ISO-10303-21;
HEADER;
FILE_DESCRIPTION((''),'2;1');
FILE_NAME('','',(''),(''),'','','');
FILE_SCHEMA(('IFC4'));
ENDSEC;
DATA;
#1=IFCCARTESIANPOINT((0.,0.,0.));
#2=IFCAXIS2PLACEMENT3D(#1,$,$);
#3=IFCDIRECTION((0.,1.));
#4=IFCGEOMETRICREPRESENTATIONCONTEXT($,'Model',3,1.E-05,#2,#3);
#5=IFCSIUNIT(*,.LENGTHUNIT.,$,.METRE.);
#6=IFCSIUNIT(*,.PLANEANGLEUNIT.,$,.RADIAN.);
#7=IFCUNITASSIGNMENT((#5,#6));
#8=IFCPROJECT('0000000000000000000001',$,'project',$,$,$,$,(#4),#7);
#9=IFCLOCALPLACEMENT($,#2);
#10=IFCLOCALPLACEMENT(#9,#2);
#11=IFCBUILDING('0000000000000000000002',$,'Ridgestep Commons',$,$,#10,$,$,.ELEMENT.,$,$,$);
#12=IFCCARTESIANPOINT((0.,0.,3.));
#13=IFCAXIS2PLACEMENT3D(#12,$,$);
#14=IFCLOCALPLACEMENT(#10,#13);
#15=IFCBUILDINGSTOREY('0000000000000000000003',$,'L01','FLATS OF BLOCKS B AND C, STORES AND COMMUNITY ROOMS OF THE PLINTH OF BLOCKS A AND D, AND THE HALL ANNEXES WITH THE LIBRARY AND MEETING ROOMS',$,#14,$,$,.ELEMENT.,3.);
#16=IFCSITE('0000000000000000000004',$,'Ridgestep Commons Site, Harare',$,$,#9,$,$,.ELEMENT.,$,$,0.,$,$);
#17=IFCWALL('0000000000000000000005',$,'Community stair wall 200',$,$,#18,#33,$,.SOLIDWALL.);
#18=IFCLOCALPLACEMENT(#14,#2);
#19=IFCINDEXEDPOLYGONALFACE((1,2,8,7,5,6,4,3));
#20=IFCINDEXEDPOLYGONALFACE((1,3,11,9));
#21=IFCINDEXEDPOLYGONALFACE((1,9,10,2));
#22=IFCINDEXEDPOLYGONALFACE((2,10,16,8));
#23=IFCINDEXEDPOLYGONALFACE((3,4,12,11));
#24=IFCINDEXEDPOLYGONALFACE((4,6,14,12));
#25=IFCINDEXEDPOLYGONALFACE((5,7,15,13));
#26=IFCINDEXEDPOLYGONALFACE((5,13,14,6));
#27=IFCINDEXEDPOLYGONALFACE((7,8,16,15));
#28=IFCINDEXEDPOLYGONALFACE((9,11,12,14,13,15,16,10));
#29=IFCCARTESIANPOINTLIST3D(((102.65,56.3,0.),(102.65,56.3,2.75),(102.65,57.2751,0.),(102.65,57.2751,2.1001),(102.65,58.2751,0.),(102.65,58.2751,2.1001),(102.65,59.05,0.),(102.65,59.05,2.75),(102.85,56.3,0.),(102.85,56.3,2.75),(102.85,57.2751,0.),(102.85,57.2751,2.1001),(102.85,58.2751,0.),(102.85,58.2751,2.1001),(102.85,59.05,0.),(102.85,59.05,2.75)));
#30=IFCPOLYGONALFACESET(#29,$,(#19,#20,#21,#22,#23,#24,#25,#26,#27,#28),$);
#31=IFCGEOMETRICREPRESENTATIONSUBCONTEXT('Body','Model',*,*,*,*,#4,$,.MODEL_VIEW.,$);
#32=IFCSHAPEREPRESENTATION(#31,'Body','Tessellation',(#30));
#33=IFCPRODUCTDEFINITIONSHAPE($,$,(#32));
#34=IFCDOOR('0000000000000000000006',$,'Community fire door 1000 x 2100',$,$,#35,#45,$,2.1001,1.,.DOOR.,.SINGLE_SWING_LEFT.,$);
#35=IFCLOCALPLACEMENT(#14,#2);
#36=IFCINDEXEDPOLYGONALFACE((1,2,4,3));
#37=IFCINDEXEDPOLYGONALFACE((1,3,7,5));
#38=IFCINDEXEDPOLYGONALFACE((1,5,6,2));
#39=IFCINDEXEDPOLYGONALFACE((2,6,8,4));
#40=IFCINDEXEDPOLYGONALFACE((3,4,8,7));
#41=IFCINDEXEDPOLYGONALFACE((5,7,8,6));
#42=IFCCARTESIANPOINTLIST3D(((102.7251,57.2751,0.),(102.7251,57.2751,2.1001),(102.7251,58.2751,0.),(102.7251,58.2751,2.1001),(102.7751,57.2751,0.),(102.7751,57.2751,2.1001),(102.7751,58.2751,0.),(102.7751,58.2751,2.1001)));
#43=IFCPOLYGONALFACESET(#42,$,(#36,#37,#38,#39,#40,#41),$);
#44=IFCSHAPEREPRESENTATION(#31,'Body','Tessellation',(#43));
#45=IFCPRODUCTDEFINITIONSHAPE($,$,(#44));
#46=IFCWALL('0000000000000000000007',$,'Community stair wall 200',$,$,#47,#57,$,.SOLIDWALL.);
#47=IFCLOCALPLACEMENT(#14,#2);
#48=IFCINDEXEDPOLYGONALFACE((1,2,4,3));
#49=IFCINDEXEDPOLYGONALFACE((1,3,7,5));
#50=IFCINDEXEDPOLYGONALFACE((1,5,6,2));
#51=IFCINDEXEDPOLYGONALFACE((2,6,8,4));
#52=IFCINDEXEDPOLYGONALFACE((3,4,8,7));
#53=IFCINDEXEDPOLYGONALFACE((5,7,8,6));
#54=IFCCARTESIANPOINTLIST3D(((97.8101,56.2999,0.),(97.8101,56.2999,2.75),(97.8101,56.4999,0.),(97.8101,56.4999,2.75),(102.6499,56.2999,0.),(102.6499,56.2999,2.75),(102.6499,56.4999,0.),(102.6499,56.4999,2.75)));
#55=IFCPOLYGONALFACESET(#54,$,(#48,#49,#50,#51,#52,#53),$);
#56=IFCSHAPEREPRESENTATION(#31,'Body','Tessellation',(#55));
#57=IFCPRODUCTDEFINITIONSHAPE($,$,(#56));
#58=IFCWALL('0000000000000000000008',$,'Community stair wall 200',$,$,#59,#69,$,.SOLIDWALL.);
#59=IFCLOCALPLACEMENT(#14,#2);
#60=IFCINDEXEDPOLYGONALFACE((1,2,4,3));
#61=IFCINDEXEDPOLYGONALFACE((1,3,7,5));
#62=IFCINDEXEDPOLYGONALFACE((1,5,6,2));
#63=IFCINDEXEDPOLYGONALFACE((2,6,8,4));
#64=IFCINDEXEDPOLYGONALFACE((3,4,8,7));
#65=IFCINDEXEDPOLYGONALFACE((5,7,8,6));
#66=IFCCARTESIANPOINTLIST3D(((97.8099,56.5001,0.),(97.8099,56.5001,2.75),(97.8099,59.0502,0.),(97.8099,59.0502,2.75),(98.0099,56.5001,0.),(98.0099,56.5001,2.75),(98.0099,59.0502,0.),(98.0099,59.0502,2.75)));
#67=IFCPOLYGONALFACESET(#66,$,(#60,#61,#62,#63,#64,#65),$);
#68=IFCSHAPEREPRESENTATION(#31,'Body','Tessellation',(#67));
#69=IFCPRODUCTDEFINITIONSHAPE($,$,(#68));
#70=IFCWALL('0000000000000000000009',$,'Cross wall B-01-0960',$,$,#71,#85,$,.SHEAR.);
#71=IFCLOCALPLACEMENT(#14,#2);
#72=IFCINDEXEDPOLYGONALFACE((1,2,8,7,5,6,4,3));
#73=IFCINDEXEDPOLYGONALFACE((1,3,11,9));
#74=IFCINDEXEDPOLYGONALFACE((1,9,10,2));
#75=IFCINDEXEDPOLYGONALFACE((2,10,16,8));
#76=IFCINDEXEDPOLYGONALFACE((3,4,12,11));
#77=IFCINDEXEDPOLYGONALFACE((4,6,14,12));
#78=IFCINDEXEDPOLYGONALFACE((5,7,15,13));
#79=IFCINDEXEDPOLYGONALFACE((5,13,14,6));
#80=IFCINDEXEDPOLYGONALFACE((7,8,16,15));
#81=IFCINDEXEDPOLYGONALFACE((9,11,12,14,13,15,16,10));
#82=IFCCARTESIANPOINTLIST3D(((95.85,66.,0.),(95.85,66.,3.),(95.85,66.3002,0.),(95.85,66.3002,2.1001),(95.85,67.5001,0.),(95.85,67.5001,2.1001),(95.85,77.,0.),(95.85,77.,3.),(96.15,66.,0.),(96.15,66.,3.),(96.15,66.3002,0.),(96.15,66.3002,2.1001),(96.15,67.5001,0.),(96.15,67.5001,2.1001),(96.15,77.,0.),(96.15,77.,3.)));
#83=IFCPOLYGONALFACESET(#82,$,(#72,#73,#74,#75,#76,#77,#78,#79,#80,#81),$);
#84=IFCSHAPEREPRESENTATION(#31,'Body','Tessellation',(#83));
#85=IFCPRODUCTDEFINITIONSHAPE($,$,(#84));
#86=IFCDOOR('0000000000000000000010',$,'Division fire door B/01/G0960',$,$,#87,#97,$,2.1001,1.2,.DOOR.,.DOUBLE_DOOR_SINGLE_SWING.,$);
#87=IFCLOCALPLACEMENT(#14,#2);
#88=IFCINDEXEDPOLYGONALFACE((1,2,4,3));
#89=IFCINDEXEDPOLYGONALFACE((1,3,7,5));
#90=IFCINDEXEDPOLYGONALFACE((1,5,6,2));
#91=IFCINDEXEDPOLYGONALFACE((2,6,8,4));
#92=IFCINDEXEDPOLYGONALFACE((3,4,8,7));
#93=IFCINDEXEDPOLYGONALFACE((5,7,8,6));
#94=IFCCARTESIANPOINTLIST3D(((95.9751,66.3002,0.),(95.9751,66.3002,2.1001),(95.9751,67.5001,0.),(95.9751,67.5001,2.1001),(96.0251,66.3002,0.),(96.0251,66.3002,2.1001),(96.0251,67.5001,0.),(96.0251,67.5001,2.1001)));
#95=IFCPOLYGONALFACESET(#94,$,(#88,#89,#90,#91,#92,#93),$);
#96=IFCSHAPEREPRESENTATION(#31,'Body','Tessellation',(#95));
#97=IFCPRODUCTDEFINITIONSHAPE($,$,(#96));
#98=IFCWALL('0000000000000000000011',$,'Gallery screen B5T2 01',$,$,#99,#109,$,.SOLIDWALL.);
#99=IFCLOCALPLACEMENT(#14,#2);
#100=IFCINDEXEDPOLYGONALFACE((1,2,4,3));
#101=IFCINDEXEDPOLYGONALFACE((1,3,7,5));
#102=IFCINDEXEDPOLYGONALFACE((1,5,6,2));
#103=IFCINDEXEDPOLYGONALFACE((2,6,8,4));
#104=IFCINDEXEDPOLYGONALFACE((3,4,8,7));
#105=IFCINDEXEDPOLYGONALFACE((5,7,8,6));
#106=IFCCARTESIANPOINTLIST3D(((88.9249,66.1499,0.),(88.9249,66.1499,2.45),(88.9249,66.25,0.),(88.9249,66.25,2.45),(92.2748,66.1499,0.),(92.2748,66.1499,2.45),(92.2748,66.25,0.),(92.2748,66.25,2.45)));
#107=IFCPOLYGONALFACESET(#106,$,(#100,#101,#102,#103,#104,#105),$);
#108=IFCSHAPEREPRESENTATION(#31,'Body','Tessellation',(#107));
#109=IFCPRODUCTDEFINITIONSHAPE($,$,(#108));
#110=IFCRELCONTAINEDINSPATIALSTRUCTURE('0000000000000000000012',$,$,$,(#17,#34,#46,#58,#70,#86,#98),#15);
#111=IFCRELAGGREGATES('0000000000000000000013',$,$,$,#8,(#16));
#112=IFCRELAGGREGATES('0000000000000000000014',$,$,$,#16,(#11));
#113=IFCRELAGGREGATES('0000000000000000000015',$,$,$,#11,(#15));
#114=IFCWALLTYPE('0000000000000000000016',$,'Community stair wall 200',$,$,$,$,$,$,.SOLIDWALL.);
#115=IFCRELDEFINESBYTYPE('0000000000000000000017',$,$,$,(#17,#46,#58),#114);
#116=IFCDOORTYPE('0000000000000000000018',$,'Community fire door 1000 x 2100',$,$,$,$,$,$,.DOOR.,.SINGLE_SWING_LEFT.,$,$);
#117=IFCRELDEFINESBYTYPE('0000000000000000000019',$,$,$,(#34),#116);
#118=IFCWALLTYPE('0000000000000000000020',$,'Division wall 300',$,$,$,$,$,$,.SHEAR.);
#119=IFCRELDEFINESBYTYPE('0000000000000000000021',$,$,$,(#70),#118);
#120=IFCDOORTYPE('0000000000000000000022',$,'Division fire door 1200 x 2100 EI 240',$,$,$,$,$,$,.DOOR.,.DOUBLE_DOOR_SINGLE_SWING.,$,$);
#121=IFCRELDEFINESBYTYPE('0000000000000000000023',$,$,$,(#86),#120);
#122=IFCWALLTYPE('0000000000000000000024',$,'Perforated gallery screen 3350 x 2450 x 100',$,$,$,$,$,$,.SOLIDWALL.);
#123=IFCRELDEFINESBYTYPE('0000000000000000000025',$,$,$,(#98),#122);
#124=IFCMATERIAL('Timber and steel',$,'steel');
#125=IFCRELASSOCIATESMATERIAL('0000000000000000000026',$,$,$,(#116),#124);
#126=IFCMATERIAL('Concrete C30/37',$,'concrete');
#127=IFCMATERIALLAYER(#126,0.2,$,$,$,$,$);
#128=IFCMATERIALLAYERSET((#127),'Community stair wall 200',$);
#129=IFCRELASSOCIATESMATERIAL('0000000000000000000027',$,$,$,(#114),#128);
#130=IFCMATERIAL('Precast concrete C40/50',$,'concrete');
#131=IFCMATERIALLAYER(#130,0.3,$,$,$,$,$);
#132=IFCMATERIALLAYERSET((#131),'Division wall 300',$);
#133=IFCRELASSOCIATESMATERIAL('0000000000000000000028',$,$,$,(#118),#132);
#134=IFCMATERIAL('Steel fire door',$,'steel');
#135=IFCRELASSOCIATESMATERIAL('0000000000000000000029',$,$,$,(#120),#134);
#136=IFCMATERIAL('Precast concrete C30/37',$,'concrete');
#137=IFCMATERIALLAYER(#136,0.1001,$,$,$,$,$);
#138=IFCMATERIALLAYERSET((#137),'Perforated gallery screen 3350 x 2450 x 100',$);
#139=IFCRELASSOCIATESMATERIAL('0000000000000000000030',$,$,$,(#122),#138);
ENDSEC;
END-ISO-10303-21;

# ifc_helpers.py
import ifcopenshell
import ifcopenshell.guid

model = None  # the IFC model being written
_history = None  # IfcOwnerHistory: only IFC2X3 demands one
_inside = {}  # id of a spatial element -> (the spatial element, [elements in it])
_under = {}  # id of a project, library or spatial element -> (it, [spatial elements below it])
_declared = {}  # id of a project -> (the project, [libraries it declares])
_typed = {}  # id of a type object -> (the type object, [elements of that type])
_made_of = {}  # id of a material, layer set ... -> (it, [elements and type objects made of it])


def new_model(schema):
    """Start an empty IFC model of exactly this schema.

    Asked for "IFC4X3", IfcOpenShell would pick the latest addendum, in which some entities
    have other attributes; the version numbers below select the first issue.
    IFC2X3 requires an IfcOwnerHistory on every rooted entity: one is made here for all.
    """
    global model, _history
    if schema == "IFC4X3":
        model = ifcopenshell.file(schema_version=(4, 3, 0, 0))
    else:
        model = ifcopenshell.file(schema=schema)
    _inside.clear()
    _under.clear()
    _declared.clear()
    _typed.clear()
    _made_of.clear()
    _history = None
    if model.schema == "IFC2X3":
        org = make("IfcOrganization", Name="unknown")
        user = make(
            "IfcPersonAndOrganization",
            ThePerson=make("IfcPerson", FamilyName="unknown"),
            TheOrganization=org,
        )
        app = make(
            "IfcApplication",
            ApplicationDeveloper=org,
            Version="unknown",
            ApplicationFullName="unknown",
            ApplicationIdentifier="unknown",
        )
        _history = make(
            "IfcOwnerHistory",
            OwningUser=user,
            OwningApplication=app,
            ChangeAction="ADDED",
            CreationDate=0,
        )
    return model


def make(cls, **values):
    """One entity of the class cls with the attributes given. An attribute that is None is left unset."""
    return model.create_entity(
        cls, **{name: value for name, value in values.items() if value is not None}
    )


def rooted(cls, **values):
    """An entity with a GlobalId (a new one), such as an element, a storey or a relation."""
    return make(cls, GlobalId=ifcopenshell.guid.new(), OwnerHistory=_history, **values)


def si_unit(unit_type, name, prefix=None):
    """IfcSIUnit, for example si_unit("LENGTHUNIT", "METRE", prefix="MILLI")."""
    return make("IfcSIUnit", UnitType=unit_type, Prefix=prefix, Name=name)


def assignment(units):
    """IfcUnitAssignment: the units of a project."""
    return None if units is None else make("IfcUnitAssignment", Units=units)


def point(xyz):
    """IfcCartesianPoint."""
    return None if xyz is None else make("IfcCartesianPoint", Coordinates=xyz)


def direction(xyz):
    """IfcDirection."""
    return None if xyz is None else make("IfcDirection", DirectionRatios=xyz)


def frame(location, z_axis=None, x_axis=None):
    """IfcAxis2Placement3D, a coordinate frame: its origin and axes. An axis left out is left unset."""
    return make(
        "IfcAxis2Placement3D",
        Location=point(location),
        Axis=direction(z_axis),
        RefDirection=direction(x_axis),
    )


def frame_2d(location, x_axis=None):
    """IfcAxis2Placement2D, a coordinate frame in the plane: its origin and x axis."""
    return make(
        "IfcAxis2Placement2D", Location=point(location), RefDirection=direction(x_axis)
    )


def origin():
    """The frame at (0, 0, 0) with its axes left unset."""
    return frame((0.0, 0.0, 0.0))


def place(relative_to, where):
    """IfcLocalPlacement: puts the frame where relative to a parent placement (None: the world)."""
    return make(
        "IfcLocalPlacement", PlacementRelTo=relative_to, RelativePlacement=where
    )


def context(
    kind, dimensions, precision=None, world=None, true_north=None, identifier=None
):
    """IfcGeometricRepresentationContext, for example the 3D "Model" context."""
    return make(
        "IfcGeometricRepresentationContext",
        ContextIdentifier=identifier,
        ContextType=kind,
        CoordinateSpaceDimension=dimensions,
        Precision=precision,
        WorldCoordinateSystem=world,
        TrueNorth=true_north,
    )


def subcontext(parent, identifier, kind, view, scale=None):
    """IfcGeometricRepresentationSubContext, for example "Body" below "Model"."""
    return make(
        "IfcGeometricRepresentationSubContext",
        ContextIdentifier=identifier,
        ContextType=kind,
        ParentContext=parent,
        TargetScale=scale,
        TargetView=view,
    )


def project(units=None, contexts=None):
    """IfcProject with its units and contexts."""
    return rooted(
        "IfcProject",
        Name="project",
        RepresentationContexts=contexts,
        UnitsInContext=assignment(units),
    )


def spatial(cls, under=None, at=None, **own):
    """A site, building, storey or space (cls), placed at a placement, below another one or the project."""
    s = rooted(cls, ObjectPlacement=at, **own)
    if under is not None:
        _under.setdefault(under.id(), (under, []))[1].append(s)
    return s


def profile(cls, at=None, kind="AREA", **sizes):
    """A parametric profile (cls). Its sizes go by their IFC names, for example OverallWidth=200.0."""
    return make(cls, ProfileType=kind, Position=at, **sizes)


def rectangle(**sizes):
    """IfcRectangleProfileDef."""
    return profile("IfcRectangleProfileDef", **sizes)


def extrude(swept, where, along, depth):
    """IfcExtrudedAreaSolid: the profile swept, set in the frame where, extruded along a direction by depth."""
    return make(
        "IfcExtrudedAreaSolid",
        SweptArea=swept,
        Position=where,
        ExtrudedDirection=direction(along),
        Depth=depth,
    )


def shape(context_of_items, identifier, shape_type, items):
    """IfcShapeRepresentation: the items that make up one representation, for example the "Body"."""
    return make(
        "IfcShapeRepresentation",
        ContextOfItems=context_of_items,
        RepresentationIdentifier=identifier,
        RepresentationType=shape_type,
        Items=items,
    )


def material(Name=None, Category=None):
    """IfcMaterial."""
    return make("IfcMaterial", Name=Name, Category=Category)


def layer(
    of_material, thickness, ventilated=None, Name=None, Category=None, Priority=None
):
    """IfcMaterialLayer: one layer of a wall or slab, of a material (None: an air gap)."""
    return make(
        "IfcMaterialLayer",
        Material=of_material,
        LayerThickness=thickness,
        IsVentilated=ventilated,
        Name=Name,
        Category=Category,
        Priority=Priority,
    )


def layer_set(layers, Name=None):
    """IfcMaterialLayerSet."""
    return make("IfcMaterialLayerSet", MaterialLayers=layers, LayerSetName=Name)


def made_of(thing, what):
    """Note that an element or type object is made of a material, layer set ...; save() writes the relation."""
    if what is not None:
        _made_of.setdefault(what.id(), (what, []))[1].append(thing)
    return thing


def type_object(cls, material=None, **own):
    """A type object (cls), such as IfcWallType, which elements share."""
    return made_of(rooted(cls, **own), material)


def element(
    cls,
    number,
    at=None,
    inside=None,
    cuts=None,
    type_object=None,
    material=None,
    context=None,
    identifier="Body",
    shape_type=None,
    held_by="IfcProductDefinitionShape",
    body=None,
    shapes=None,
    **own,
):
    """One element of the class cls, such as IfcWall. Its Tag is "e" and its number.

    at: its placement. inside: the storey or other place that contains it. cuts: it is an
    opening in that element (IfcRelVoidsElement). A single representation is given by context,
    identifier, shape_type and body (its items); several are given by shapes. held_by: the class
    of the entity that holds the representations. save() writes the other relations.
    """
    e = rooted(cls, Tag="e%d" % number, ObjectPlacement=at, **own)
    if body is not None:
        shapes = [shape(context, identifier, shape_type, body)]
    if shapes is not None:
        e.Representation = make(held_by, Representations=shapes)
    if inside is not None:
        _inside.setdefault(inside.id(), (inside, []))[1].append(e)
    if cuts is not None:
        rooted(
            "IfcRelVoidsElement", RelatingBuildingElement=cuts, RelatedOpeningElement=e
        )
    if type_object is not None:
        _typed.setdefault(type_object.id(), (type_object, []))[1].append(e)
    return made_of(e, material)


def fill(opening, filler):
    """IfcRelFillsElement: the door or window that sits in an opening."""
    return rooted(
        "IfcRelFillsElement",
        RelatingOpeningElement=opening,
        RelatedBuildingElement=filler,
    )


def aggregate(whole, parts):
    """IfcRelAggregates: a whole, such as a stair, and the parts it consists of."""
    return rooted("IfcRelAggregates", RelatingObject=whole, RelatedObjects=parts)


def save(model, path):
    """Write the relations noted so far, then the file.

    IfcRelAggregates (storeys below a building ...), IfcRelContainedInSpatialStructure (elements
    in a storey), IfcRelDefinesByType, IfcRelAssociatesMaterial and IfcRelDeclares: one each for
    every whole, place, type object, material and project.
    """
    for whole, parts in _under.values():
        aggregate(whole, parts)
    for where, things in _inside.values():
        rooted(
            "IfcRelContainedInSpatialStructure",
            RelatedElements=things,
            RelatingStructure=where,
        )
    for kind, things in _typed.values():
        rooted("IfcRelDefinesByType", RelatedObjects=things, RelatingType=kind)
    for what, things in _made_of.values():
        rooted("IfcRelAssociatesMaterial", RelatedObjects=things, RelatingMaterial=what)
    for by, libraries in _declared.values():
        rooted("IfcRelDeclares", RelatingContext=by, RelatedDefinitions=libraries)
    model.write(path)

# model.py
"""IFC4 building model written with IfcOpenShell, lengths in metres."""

from ifc_helpers import new_model, si_unit, direction, frame, frame_2d, origin, place, context, subcontext, project, spatial, rectangle, extrude, material, layer, layer_set, type_object, element, fill, save


model = new_model("IFC4")

# Units and contexts
model_context = context("Model", 3, precision=1e-05, world=origin(), true_north=direction((0.0, 1.0)))
body_context = subcontext(model_context, "Body", "Model", "MODEL_VIEW")
ifc_project = project(units=[si_unit("LENGTHUNIT", "METRE"), si_unit("PLANEANGLEUNIT", "RADIAN")], contexts=[model_context])

# Site, building, storey
site_placement = place(None, origin())
site = spatial("IfcSite", under=ifc_project, at=site_placement, Name="Ridgestep Commons Site, Harare", CompositionType="ELEMENT", RefElevation=0.0)
building_placement = place(site_placement, origin())
building = spatial("IfcBuilding", under=site, at=building_placement, Name="Ridgestep Commons", CompositionType="ELEMENT")
storey_placement = place(building_placement, frame((0.0, 0.0, 3.0)))
storey = spatial("IfcBuildingStorey", under=building, at=storey_placement, Name="L01", Description="FLATS OF BLOCKS B AND C, STORES AND COMMUNITY ROOMS OF THE PLINTH OF BLOCKS A AND D, AND THE HALL ANNEXES WITH THE LIBRARY AND MEETING ROOMS", CompositionType="ELEMENT", Elevation=3.0)

# Wall, opening, door
ifc_material_1 = material(Name="Timber and steel", Category="steel")
door_type_1 = type_object("IfcDoorType", Name="Community fire door 1000 x 2100", OperationType="SINGLE_SWING_LEFT", PredefinedType="DOOR", material=ifc_material_1)
ifc_material_2 = material(Name="Concrete C30/37", Category="concrete")
ifc_layer_1 = layer(ifc_material_2, 0.2)
ifc_layer_set_1 = layer_set([ifc_layer_1], Name="Community stair wall 200")
wall_type_1 = type_object("IfcWallType", Name="Community stair wall 200", PredefinedType="SOLIDWALL", material=ifc_layer_set_1)
wall_1_placement = place(storey_placement, frame((102.75, 56.3, 0.0), z_axis=(0.0, 0.0, 1.0), x_axis=(0.0, 1.0, 0.0)))
wall_1 = element("IfcWall", 1, at=wall_1_placement, inside=storey, type_object=wall_type_1, Name="Community stair wall 200", PredefinedType="SOLIDWALL", context=body_context, shape_type="SweptSolid", body=[
    extrude(rectangle(XDim=2.75, YDim=0.2, at=frame_2d((1.375, 0.0))), origin(), (0.0, 0.0, 1.0), 2.75),
])
opening_1_placement = place(wall_1_placement, frame((0.9751, 0.0, 0.0)))
opening_1 = element("IfcOpeningElement", 2, at=opening_1_placement, cuts=wall_1, PredefinedType="OPENING", context=body_context, shape_type="SweptSolid", body=[
    extrude(rectangle(XDim=1.0, YDim=2.1001, at=frame_2d((0.5, 1.05))), frame((0.0, 0.1099, 0.0), z_axis=(0.0, -1.0, 0.0), x_axis=(1.0, 0.0, 0.0)), (0.0, 0.0, 1.0), 0.22),
])
door_1_placement = place(opening_1_placement, origin())
door_1 = element("IfcDoor", 3, at=door_1_placement, inside=storey, type_object=door_type_1, Name="Community fire door 1000 x 2100", OperationType="SINGLE_SWING_LEFT", OverallHeight=2.1001, OverallWidth=1.0, PredefinedType="DOOR", context=body_context, shape_type="SweptSolid", body=[
    extrude(rectangle(XDim=1.0, YDim=2.1001, at=frame_2d((0.5, 1.05))), frame((0.0, 0.0249, 0.0), z_axis=(0.0, -1.0, 0.0), x_axis=(1.0, 0.0, 0.0)), (0.0, 0.0, 1.0), 0.05),
])
fill(opening_1, door_1)

# Walls
wall_2_placement = place(storey_placement, frame((102.6499, 56.3999, 0.0), z_axis=(0.0, 0.0, 1.0), x_axis=(-1.0, 0.0, 0.0)))
element("IfcWall", 4, at=wall_2_placement, inside=storey, type_object=wall_type_1, Name="Community stair wall 200", PredefinedType="SOLIDWALL", context=body_context, shape_type="SweptSolid", body=[
    extrude(rectangle(XDim=4.8398, YDim=0.2, at=frame_2d((2.4199, 0.0))), origin(), (0.0, 0.0, 1.0), 2.75),
])
wall_3_placement = place(storey_placement, frame((97.9099, 59.05, 0.0), z_axis=(0.0, 0.0, 1.0), x_axis=(0.0, -1.0, 0.0)))
element("IfcWall", 5, at=wall_3_placement, inside=storey, type_object=wall_type_1, Name="Community stair wall 200", PredefinedType="SOLIDWALL", context=body_context, shape_type="SweptSolid", body=[
    extrude(rectangle(XDim=2.55, YDim=0.2, at=frame_2d((1.2749, 0.0))), origin(), (0.0, 0.0, 1.0), 2.75),
])

# Wall, opening, door
ifc_material_3 = material(Name="Precast concrete C40/50", Category="concrete")
ifc_layer_2 = layer(ifc_material_3, 0.3)
ifc_layer_set_2 = layer_set([ifc_layer_2], Name="Division wall 300")
wall_type_2 = type_object("IfcWallType", Name="Division wall 300", PredefinedType="SHEAR", material=ifc_layer_set_2)
wall_4_placement = place(storey_placement, frame((96.0, 66.0, 0.0), z_axis=(0.0, 0.0, 1.0), x_axis=(0.0, 1.0, 0.0)))
wall_4 = element("IfcWall", 6, at=wall_4_placement, inside=storey, type_object=wall_type_2, Name="Cross wall B-01-0960", PredefinedType="SHEAR", context=body_context, shape_type="SweptSolid", body=[
    extrude(rectangle(XDim=11.0, YDim=0.3, at=frame_2d((5.5, 0.0))), origin(), (0.0, 0.0, 1.0), 3.0),
])
opening_2_placement = place(wall_4_placement, frame((0.3, 0.0, 0.0)))
opening_2 = element("IfcOpeningElement", 7, at=opening_2_placement, cuts=wall_4, PredefinedType="OPENING", context=body_context, shape_type="SweptSolid", body=[
    extrude(rectangle(XDim=1.2, YDim=2.1001, at=frame_2d((0.6001, 1.05))), frame((0.0, 0.1599, 0.0), z_axis=(0.0, -1.0, 0.0), x_axis=(1.0, 0.0, 0.0)), (0.0, 0.0, 1.0), 0.3201),
])
ifc_material_4 = material(Name="Steel fire door", Category="steel")
door_type_2 = type_object("IfcDoorType", Name="Division fire door 1200 x 2100 EI 240", OperationType="DOUBLE_DOOR_SINGLE_SWING", PredefinedType="DOOR", material=ifc_material_4)
door_2_placement = place(opening_2_placement, origin())
door_2 = element("IfcDoor", 8, at=door_2_placement, inside=storey, type_object=door_type_2, Name="Division fire door B/01/G0960", OperationType="DOUBLE_DOOR_SINGLE_SWING", OverallHeight=2.1001, OverallWidth=1.2, PredefinedType="DOOR", context=body_context, shape_type="SweptSolid", body=[
    extrude(rectangle(XDim=1.2, YDim=2.1001, at=frame_2d((0.6001, 1.05))), frame((0.0, 0.0249, 0.0), z_axis=(0.0, -1.0, 0.0), x_axis=(1.0, 0.0, 0.0)), (0.0, 0.0, 1.0), 0.05),
])
fill(opening_2, door_2)

# Wall
ifc_material_5 = material(Name="Precast concrete C30/37", Category="concrete")
ifc_layer_3 = layer(ifc_material_5, 0.1001)
ifc_layer_set_3 = layer_set([ifc_layer_3], Name="Perforated gallery screen 3350 x 2450 x 100")
wall_type_3 = type_object("IfcWallType", Name="Perforated gallery screen 3350 x 2450 x 100", PredefinedType="SOLIDWALL", material=ifc_layer_set_3)
wall_5_placement = place(storey_placement, frame((88.925, 66.2, 0.0), z_axis=(0.0, 0.0, 1.0), x_axis=(1.0, 0.0, 0.0)))
element("IfcWall", 9, at=wall_5_placement, inside=storey, type_object=wall_type_3, Name="Gallery screen B5T2 01", PredefinedType="SOLIDWALL", context=body_context, shape_type="SweptSolid", body=[
    extrude(rectangle(XDim=3.3499, YDim=0.1001, at=frame_2d((1.6748, 0.0))), origin(), (0.0, 0.0, 1.0), 2.45),
])

save(model, "model.ifc")
